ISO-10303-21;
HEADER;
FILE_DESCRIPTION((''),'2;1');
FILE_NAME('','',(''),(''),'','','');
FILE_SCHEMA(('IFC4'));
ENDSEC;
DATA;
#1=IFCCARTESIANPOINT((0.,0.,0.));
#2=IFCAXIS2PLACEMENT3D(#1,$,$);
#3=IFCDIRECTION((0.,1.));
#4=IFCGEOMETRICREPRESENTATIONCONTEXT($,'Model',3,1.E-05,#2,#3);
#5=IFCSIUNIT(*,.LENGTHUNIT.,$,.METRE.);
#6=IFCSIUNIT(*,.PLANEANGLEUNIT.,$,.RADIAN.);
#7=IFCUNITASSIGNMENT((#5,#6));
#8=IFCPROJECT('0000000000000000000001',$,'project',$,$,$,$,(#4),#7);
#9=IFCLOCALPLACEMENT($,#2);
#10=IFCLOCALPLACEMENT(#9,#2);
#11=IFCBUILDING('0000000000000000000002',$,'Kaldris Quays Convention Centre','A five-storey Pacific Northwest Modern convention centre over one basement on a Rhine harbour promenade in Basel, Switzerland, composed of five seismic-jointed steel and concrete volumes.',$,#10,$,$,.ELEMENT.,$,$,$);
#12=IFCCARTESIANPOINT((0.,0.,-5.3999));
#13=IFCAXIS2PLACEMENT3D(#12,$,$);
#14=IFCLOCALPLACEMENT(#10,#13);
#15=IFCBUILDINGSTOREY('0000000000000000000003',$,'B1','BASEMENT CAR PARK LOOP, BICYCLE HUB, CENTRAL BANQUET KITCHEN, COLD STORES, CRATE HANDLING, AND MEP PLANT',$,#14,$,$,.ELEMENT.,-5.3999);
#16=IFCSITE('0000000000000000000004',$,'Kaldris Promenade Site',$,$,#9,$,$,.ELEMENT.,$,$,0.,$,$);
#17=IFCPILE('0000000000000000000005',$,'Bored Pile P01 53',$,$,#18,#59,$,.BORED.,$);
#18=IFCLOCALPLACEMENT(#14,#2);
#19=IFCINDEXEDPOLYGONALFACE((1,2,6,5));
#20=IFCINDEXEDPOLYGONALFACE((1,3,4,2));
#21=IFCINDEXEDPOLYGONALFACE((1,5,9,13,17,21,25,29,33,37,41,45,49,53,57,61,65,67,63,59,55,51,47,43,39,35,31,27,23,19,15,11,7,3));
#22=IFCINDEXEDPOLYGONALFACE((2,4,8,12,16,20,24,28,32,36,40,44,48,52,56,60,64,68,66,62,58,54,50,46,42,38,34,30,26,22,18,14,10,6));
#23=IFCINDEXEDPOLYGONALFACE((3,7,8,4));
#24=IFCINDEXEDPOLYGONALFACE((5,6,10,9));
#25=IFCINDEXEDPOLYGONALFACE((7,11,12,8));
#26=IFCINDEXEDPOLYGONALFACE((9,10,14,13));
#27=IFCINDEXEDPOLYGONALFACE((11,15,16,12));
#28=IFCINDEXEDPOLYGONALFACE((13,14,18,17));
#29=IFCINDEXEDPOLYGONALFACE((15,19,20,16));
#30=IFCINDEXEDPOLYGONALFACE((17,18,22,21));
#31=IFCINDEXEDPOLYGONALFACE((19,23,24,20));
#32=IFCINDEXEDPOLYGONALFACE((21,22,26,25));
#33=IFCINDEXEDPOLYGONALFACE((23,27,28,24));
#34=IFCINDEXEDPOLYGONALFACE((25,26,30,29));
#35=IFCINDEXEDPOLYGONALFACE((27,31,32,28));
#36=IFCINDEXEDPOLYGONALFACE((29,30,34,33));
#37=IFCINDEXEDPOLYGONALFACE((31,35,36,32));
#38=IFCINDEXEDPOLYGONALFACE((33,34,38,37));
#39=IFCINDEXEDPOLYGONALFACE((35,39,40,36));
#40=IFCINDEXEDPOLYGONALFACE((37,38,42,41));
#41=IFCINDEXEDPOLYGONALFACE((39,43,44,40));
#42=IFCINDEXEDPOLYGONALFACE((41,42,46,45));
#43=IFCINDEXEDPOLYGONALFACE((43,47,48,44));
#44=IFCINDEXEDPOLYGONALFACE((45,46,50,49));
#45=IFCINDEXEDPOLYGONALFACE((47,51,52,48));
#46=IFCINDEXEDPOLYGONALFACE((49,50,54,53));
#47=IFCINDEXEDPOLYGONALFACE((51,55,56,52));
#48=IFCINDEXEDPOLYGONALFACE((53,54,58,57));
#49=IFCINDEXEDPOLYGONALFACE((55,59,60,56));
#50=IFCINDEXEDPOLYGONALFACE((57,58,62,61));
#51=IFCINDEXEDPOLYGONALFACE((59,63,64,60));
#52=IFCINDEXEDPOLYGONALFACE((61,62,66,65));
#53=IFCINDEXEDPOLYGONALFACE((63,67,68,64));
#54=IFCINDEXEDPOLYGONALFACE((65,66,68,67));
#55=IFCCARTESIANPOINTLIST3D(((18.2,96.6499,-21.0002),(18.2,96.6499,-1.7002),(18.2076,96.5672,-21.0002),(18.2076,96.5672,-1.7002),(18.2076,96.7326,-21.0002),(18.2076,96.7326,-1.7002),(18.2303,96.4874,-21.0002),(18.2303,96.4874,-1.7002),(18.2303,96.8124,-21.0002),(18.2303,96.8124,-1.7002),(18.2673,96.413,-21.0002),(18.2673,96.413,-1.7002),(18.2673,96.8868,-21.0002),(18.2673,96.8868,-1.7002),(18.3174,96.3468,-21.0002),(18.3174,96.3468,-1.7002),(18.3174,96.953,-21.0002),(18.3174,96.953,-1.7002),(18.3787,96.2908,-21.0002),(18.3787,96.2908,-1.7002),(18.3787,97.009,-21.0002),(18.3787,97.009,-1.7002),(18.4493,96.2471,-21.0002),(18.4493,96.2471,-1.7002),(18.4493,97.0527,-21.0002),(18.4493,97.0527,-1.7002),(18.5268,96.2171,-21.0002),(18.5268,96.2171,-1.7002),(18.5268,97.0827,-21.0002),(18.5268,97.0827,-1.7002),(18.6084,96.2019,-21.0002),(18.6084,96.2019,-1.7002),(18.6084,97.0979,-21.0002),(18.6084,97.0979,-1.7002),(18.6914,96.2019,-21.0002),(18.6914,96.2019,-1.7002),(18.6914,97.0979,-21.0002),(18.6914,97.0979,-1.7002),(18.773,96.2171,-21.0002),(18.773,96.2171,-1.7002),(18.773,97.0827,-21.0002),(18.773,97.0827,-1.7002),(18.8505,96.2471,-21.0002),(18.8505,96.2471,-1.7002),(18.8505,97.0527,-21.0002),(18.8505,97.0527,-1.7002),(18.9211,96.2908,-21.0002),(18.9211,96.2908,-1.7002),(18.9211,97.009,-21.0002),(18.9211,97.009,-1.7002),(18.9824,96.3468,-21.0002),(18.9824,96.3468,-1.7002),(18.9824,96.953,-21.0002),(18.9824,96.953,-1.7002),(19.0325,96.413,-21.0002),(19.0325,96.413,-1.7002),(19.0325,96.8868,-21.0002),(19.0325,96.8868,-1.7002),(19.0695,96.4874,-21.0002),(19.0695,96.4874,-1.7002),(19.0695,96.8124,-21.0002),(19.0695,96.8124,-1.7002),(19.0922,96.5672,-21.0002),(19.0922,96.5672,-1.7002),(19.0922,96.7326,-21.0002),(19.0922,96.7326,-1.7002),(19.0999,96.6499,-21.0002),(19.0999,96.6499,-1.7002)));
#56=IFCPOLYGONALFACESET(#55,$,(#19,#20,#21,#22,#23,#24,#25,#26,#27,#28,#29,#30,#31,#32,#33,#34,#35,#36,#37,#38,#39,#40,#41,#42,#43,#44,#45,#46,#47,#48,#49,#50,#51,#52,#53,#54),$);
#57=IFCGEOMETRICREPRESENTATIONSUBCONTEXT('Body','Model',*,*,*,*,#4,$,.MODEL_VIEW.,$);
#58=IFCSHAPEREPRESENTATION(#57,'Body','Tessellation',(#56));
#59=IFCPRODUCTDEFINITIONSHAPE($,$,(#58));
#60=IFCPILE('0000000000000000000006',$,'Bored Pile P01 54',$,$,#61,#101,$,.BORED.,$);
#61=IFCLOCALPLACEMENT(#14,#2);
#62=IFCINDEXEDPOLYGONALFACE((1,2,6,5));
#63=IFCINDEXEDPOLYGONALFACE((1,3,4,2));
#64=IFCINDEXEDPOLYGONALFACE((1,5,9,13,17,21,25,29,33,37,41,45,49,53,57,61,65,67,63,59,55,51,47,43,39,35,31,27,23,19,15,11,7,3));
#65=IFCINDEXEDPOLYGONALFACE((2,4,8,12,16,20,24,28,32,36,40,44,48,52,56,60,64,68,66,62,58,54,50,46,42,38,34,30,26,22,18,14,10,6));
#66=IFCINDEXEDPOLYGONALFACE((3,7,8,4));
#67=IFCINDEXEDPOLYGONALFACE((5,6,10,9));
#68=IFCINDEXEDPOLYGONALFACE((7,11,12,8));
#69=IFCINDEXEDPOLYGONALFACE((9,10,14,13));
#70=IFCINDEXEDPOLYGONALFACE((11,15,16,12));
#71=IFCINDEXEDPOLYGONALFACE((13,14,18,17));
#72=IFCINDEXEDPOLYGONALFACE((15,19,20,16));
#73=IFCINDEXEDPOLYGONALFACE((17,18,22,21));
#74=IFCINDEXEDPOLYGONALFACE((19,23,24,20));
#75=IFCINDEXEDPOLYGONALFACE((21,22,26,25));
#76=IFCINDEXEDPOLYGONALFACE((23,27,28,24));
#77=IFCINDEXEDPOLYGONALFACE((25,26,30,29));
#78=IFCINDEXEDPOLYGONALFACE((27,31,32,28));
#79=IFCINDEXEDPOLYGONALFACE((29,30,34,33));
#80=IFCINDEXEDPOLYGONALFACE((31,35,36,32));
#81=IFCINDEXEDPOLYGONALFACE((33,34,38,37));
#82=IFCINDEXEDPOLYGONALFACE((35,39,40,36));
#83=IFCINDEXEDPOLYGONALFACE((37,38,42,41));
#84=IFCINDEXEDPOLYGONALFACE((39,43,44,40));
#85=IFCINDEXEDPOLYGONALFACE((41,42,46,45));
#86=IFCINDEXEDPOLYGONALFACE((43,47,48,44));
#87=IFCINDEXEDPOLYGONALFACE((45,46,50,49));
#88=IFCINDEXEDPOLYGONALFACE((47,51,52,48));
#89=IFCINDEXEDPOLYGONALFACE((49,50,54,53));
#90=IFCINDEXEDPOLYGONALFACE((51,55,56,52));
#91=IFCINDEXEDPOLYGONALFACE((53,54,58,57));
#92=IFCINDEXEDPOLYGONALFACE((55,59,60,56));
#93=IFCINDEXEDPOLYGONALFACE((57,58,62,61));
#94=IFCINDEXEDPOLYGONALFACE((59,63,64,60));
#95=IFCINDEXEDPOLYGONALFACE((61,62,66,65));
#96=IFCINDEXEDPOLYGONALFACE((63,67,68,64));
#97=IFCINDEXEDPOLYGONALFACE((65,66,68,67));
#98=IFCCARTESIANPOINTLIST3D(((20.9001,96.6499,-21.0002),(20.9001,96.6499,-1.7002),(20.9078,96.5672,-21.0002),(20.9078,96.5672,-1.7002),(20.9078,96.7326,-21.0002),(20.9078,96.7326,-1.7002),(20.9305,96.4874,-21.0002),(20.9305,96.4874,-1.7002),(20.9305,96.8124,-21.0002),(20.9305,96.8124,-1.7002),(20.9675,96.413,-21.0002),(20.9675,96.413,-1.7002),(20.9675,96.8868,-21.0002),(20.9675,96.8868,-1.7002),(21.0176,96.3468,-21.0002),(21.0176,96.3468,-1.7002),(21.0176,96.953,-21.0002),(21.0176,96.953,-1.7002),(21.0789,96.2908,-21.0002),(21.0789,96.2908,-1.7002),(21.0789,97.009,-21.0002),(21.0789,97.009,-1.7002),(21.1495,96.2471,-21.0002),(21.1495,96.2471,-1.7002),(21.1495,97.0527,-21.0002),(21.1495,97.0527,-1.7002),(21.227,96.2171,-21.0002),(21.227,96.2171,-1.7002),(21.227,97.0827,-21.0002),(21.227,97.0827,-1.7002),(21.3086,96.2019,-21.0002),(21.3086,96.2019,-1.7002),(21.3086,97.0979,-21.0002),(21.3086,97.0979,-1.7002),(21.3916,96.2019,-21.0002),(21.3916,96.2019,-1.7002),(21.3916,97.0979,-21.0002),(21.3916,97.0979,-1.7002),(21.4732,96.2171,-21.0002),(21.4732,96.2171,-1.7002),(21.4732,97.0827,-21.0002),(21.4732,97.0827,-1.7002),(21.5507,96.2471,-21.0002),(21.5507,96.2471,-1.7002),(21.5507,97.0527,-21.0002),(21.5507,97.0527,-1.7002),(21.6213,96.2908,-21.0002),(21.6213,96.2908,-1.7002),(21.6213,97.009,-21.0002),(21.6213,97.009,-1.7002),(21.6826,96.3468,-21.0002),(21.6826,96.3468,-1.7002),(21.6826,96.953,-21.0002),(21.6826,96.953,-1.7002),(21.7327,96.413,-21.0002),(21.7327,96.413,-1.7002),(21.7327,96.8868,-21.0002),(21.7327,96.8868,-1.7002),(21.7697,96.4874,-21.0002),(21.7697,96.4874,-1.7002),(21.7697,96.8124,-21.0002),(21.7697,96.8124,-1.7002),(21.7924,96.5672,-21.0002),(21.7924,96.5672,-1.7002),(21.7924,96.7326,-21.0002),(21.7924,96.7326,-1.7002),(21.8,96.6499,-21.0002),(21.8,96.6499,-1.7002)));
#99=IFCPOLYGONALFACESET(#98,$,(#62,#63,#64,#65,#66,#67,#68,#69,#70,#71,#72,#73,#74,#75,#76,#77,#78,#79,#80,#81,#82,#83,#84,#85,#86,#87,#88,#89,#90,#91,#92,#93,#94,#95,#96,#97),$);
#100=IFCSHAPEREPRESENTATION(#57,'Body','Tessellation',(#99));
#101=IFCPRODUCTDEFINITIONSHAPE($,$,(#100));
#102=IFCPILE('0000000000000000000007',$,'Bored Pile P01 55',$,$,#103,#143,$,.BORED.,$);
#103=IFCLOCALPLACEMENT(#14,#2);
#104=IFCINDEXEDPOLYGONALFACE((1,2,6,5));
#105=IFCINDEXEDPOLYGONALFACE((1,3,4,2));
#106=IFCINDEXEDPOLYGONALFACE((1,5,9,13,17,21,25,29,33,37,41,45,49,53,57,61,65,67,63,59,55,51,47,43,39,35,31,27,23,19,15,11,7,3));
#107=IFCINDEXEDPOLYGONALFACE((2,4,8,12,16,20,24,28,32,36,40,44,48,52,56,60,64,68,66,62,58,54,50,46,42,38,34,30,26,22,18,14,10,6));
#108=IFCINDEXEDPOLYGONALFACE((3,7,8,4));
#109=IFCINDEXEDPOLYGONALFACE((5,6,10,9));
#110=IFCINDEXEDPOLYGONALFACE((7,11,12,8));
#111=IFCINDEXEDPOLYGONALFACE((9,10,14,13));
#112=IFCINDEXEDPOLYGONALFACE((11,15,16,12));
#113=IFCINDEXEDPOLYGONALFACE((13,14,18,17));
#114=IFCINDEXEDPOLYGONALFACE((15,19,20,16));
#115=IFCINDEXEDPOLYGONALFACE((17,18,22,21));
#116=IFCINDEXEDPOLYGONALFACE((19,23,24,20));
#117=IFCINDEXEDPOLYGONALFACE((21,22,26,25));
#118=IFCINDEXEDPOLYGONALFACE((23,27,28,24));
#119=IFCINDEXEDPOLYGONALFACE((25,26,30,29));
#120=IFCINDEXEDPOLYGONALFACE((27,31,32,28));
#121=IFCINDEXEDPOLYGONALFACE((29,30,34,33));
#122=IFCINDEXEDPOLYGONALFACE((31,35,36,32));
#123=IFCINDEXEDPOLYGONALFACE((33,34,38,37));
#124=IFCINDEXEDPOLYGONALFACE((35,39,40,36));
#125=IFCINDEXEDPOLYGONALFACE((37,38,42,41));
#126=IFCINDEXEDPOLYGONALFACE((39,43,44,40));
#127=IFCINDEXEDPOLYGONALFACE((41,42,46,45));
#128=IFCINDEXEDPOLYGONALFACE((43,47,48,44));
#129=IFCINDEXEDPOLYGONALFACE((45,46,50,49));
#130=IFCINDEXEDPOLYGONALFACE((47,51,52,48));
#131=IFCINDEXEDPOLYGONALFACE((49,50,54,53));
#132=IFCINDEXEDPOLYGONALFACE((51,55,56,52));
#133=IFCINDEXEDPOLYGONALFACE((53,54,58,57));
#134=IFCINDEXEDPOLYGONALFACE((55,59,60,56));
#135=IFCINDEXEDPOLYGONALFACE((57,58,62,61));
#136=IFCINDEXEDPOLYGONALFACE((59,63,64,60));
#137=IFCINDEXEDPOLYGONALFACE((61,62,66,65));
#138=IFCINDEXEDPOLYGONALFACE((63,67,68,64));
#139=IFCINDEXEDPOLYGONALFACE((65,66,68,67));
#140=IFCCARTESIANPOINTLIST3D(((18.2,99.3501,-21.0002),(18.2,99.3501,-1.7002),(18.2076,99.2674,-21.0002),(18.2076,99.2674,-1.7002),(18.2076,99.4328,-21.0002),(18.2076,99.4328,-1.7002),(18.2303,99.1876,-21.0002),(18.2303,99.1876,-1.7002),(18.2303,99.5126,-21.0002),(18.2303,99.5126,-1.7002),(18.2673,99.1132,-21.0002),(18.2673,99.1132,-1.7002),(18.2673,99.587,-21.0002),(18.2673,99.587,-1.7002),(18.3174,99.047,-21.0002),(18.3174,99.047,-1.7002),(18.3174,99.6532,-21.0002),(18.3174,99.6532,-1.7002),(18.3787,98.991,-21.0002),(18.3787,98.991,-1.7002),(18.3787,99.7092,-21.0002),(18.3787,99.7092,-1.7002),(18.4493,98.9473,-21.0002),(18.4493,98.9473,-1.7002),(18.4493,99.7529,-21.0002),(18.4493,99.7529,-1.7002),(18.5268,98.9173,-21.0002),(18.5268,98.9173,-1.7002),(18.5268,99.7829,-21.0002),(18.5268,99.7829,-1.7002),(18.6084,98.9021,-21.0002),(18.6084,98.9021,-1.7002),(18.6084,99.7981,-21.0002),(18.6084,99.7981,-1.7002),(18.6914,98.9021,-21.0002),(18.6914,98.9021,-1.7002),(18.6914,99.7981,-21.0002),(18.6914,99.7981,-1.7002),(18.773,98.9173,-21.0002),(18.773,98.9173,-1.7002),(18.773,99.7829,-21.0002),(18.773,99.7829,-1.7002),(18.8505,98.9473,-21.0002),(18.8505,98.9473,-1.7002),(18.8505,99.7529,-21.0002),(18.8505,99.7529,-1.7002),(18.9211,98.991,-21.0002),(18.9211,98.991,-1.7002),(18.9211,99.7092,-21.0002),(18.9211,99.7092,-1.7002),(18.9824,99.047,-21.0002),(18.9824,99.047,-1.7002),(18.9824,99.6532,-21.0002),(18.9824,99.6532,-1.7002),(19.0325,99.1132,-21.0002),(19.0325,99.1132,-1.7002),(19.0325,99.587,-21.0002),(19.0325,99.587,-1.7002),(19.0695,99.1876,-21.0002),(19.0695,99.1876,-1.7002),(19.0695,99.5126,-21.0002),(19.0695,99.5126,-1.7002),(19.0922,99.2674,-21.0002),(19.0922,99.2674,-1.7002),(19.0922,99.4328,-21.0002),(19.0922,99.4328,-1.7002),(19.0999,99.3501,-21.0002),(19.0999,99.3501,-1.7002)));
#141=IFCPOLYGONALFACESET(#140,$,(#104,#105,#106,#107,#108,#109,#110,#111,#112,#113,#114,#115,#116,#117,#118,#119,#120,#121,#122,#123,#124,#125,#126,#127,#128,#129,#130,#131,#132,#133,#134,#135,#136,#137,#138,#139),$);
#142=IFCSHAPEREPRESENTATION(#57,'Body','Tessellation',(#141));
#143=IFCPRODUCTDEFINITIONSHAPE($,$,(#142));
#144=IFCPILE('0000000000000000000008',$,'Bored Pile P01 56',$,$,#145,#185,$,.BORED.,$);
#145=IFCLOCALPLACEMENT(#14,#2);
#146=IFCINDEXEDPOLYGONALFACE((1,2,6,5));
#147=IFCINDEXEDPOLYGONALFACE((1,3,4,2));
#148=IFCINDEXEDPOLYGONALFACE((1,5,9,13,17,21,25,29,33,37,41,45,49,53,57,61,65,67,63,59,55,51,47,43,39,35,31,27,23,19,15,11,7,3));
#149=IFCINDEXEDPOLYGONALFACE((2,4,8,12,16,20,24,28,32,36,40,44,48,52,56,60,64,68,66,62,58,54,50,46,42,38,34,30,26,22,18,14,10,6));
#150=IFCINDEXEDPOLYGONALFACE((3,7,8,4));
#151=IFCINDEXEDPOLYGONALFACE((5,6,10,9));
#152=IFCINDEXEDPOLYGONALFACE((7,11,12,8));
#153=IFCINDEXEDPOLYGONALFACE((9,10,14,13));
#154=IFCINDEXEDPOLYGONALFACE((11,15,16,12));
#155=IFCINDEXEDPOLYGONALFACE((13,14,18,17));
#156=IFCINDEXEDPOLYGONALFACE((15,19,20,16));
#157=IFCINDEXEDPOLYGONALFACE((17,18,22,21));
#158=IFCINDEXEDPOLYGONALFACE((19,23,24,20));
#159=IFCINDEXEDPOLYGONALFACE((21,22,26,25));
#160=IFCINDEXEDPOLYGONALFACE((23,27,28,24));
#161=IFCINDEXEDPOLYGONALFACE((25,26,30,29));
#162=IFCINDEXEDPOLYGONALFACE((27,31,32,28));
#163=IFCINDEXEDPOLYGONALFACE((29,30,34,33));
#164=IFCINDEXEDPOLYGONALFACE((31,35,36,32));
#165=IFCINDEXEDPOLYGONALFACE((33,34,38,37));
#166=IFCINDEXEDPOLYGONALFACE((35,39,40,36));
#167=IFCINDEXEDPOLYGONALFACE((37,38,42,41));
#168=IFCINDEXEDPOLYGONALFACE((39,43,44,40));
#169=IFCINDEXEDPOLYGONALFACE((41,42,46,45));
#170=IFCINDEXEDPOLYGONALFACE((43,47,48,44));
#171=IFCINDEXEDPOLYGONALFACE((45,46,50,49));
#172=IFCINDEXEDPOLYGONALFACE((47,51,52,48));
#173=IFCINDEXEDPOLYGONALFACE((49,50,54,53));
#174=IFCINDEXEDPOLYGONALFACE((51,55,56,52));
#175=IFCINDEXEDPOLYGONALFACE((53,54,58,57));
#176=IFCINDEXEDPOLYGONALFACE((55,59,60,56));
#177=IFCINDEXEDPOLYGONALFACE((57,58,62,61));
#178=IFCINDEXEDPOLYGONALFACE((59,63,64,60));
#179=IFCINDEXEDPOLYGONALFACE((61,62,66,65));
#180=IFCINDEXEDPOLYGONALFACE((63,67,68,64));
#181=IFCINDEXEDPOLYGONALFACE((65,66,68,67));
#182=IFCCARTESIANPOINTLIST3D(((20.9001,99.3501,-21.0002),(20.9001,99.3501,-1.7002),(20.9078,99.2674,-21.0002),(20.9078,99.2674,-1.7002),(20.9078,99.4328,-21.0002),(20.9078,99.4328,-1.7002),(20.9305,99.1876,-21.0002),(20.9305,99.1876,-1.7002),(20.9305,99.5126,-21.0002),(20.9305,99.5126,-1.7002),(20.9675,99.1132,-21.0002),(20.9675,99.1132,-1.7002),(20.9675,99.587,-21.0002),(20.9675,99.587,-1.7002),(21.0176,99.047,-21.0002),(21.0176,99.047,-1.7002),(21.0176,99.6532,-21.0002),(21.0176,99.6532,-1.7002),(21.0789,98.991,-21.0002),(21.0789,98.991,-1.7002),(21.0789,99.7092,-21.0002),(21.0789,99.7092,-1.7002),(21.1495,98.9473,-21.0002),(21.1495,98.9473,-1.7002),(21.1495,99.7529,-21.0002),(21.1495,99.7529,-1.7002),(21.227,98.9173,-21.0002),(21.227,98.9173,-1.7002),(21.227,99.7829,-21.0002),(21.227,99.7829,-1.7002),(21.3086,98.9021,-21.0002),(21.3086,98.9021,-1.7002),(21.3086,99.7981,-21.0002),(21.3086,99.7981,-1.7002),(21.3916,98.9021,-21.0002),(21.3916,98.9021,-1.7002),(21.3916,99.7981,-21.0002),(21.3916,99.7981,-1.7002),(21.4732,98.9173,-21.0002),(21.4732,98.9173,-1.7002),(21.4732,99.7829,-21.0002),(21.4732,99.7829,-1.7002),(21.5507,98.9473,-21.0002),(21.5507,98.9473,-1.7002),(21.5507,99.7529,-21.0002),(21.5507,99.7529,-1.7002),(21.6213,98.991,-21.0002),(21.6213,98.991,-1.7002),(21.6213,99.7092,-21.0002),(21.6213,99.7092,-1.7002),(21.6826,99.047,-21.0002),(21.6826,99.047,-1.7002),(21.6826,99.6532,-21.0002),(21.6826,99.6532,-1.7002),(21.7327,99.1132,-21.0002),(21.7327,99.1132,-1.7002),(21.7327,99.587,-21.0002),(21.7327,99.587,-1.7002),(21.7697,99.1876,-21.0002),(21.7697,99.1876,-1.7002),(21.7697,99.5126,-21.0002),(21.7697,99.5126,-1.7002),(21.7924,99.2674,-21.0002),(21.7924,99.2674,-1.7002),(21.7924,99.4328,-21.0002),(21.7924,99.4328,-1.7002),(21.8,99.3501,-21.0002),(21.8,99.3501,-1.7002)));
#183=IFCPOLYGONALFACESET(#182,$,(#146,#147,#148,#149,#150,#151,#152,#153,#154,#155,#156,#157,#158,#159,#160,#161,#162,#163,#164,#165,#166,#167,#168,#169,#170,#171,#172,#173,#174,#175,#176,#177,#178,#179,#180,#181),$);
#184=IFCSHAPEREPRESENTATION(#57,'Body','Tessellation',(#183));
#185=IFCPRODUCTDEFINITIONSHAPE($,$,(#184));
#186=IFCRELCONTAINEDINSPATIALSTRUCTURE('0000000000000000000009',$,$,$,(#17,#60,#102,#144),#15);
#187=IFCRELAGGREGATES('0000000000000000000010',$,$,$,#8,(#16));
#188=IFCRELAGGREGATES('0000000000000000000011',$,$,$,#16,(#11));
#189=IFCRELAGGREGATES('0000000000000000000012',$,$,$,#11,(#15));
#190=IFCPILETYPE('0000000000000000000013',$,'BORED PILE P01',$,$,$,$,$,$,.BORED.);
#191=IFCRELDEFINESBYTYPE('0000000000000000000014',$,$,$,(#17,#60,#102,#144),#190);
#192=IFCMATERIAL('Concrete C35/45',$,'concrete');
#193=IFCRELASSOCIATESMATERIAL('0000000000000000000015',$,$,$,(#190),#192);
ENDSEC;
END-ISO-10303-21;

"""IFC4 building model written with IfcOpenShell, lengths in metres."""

from ifc_helpers import new_model, si_unit, direction, frame, origin, origin_2d, place, context, subcontext, project, spatial, circle, extrude, material, material_profile, profile_set, type_object, element, save


model = new_model("IFC4")

# Units and contexts
model_context = context("Model", 3, precision=1e-05, world=origin(), true_north=direction((0.0, 1.0)))
body_context = subcontext(model_context, "Body", "Model", "MODEL_VIEW")
ifc_project = project(units=[si_unit("LENGTHUNIT", "METRE"), si_unit("PLANEANGLEUNIT", "RADIAN")], contexts=[model_context])

# Site, building, storey
site_placement = place(None, origin())
site = spatial("IfcSite", under=ifc_project, at=site_placement, Name="Kaldris Promenade Site", CompositionType="ELEMENT", RefElevation=0.0)
building_placement = place(site_placement, origin())
building = spatial("IfcBuilding", under=site, at=building_placement, Name="Kaldris Quays Convention Centre", Description="A five-storey Pacific Northwest Modern convention centre over one basement on a Rhine harbour promenade in Basel, Switzerland, composed of five seismic-jointed steel and concrete volumes.", CompositionType="ELEMENT")
storey_placement = place(building_placement, frame((0.0, 0.0, -5.3999)))
storey = spatial("IfcBuildingStorey", under=building, at=storey_placement, Name="B1", Description="BASEMENT CAR PARK LOOP, BICYCLE HUB, CENTRAL BANQUET KITCHEN, COLD STORES, CRATE HANDLING, AND MEP PLANT", CompositionType="ELEMENT", Elevation=-5.3999)

# Piles
ifc_material_1 = material(Name="Concrete C35/45", Category="concrete")
ifc_material_profile_1 = material_profile(ifc_material_1, circle(Radius=0.45, at=origin_2d()), Name="BORED PILE D900")
ifc_profile_set_1 = profile_set([ifc_material_profile_1], Name="Concrete C35/45")
pile_type = type_object("IfcPileType", Name="BORED PILE P01", PredefinedType="BORED", material=ifc_profile_set_1)
for number, where, z_axis, x_axis, name in (
    (1, (18.6499, 96.6499, -1.7002), (0.0, 0.0, -1.0), (1.0, 0.0, 0.0), "Bored Pile P01 53"),
    (2, (21.3501, 96.6499, -1.7002), (0.0, 0.0, -1.0), (1.0, 0.0, 0.0), "Bored Pile P01 54"),
    (3, (18.6499, 99.3501, -1.7002), (0.0, 0.0, -1.0), (1.0, 0.0, 0.0), "Bored Pile P01 55"),
    (4, (21.3501, 99.3501, -1.7002), (0.0, 0.0, -1.0), (1.0, 0.0, 0.0), "Bored Pile P01 56"),
):
    element("IfcPile", number, at=place(storey_placement, frame(where, z_axis=z_axis, x_axis=x_axis)), inside=storey, type_object=pile_type, Name=name, PredefinedType="BORED", context=body_context, shape_type="SweptSolid", body=[
        extrude(circle(Radius=0.45, at=origin_2d()), origin(), (0.0, 0.0, 1.0), 19.3),
    ])

save(model, "model.ifc")
